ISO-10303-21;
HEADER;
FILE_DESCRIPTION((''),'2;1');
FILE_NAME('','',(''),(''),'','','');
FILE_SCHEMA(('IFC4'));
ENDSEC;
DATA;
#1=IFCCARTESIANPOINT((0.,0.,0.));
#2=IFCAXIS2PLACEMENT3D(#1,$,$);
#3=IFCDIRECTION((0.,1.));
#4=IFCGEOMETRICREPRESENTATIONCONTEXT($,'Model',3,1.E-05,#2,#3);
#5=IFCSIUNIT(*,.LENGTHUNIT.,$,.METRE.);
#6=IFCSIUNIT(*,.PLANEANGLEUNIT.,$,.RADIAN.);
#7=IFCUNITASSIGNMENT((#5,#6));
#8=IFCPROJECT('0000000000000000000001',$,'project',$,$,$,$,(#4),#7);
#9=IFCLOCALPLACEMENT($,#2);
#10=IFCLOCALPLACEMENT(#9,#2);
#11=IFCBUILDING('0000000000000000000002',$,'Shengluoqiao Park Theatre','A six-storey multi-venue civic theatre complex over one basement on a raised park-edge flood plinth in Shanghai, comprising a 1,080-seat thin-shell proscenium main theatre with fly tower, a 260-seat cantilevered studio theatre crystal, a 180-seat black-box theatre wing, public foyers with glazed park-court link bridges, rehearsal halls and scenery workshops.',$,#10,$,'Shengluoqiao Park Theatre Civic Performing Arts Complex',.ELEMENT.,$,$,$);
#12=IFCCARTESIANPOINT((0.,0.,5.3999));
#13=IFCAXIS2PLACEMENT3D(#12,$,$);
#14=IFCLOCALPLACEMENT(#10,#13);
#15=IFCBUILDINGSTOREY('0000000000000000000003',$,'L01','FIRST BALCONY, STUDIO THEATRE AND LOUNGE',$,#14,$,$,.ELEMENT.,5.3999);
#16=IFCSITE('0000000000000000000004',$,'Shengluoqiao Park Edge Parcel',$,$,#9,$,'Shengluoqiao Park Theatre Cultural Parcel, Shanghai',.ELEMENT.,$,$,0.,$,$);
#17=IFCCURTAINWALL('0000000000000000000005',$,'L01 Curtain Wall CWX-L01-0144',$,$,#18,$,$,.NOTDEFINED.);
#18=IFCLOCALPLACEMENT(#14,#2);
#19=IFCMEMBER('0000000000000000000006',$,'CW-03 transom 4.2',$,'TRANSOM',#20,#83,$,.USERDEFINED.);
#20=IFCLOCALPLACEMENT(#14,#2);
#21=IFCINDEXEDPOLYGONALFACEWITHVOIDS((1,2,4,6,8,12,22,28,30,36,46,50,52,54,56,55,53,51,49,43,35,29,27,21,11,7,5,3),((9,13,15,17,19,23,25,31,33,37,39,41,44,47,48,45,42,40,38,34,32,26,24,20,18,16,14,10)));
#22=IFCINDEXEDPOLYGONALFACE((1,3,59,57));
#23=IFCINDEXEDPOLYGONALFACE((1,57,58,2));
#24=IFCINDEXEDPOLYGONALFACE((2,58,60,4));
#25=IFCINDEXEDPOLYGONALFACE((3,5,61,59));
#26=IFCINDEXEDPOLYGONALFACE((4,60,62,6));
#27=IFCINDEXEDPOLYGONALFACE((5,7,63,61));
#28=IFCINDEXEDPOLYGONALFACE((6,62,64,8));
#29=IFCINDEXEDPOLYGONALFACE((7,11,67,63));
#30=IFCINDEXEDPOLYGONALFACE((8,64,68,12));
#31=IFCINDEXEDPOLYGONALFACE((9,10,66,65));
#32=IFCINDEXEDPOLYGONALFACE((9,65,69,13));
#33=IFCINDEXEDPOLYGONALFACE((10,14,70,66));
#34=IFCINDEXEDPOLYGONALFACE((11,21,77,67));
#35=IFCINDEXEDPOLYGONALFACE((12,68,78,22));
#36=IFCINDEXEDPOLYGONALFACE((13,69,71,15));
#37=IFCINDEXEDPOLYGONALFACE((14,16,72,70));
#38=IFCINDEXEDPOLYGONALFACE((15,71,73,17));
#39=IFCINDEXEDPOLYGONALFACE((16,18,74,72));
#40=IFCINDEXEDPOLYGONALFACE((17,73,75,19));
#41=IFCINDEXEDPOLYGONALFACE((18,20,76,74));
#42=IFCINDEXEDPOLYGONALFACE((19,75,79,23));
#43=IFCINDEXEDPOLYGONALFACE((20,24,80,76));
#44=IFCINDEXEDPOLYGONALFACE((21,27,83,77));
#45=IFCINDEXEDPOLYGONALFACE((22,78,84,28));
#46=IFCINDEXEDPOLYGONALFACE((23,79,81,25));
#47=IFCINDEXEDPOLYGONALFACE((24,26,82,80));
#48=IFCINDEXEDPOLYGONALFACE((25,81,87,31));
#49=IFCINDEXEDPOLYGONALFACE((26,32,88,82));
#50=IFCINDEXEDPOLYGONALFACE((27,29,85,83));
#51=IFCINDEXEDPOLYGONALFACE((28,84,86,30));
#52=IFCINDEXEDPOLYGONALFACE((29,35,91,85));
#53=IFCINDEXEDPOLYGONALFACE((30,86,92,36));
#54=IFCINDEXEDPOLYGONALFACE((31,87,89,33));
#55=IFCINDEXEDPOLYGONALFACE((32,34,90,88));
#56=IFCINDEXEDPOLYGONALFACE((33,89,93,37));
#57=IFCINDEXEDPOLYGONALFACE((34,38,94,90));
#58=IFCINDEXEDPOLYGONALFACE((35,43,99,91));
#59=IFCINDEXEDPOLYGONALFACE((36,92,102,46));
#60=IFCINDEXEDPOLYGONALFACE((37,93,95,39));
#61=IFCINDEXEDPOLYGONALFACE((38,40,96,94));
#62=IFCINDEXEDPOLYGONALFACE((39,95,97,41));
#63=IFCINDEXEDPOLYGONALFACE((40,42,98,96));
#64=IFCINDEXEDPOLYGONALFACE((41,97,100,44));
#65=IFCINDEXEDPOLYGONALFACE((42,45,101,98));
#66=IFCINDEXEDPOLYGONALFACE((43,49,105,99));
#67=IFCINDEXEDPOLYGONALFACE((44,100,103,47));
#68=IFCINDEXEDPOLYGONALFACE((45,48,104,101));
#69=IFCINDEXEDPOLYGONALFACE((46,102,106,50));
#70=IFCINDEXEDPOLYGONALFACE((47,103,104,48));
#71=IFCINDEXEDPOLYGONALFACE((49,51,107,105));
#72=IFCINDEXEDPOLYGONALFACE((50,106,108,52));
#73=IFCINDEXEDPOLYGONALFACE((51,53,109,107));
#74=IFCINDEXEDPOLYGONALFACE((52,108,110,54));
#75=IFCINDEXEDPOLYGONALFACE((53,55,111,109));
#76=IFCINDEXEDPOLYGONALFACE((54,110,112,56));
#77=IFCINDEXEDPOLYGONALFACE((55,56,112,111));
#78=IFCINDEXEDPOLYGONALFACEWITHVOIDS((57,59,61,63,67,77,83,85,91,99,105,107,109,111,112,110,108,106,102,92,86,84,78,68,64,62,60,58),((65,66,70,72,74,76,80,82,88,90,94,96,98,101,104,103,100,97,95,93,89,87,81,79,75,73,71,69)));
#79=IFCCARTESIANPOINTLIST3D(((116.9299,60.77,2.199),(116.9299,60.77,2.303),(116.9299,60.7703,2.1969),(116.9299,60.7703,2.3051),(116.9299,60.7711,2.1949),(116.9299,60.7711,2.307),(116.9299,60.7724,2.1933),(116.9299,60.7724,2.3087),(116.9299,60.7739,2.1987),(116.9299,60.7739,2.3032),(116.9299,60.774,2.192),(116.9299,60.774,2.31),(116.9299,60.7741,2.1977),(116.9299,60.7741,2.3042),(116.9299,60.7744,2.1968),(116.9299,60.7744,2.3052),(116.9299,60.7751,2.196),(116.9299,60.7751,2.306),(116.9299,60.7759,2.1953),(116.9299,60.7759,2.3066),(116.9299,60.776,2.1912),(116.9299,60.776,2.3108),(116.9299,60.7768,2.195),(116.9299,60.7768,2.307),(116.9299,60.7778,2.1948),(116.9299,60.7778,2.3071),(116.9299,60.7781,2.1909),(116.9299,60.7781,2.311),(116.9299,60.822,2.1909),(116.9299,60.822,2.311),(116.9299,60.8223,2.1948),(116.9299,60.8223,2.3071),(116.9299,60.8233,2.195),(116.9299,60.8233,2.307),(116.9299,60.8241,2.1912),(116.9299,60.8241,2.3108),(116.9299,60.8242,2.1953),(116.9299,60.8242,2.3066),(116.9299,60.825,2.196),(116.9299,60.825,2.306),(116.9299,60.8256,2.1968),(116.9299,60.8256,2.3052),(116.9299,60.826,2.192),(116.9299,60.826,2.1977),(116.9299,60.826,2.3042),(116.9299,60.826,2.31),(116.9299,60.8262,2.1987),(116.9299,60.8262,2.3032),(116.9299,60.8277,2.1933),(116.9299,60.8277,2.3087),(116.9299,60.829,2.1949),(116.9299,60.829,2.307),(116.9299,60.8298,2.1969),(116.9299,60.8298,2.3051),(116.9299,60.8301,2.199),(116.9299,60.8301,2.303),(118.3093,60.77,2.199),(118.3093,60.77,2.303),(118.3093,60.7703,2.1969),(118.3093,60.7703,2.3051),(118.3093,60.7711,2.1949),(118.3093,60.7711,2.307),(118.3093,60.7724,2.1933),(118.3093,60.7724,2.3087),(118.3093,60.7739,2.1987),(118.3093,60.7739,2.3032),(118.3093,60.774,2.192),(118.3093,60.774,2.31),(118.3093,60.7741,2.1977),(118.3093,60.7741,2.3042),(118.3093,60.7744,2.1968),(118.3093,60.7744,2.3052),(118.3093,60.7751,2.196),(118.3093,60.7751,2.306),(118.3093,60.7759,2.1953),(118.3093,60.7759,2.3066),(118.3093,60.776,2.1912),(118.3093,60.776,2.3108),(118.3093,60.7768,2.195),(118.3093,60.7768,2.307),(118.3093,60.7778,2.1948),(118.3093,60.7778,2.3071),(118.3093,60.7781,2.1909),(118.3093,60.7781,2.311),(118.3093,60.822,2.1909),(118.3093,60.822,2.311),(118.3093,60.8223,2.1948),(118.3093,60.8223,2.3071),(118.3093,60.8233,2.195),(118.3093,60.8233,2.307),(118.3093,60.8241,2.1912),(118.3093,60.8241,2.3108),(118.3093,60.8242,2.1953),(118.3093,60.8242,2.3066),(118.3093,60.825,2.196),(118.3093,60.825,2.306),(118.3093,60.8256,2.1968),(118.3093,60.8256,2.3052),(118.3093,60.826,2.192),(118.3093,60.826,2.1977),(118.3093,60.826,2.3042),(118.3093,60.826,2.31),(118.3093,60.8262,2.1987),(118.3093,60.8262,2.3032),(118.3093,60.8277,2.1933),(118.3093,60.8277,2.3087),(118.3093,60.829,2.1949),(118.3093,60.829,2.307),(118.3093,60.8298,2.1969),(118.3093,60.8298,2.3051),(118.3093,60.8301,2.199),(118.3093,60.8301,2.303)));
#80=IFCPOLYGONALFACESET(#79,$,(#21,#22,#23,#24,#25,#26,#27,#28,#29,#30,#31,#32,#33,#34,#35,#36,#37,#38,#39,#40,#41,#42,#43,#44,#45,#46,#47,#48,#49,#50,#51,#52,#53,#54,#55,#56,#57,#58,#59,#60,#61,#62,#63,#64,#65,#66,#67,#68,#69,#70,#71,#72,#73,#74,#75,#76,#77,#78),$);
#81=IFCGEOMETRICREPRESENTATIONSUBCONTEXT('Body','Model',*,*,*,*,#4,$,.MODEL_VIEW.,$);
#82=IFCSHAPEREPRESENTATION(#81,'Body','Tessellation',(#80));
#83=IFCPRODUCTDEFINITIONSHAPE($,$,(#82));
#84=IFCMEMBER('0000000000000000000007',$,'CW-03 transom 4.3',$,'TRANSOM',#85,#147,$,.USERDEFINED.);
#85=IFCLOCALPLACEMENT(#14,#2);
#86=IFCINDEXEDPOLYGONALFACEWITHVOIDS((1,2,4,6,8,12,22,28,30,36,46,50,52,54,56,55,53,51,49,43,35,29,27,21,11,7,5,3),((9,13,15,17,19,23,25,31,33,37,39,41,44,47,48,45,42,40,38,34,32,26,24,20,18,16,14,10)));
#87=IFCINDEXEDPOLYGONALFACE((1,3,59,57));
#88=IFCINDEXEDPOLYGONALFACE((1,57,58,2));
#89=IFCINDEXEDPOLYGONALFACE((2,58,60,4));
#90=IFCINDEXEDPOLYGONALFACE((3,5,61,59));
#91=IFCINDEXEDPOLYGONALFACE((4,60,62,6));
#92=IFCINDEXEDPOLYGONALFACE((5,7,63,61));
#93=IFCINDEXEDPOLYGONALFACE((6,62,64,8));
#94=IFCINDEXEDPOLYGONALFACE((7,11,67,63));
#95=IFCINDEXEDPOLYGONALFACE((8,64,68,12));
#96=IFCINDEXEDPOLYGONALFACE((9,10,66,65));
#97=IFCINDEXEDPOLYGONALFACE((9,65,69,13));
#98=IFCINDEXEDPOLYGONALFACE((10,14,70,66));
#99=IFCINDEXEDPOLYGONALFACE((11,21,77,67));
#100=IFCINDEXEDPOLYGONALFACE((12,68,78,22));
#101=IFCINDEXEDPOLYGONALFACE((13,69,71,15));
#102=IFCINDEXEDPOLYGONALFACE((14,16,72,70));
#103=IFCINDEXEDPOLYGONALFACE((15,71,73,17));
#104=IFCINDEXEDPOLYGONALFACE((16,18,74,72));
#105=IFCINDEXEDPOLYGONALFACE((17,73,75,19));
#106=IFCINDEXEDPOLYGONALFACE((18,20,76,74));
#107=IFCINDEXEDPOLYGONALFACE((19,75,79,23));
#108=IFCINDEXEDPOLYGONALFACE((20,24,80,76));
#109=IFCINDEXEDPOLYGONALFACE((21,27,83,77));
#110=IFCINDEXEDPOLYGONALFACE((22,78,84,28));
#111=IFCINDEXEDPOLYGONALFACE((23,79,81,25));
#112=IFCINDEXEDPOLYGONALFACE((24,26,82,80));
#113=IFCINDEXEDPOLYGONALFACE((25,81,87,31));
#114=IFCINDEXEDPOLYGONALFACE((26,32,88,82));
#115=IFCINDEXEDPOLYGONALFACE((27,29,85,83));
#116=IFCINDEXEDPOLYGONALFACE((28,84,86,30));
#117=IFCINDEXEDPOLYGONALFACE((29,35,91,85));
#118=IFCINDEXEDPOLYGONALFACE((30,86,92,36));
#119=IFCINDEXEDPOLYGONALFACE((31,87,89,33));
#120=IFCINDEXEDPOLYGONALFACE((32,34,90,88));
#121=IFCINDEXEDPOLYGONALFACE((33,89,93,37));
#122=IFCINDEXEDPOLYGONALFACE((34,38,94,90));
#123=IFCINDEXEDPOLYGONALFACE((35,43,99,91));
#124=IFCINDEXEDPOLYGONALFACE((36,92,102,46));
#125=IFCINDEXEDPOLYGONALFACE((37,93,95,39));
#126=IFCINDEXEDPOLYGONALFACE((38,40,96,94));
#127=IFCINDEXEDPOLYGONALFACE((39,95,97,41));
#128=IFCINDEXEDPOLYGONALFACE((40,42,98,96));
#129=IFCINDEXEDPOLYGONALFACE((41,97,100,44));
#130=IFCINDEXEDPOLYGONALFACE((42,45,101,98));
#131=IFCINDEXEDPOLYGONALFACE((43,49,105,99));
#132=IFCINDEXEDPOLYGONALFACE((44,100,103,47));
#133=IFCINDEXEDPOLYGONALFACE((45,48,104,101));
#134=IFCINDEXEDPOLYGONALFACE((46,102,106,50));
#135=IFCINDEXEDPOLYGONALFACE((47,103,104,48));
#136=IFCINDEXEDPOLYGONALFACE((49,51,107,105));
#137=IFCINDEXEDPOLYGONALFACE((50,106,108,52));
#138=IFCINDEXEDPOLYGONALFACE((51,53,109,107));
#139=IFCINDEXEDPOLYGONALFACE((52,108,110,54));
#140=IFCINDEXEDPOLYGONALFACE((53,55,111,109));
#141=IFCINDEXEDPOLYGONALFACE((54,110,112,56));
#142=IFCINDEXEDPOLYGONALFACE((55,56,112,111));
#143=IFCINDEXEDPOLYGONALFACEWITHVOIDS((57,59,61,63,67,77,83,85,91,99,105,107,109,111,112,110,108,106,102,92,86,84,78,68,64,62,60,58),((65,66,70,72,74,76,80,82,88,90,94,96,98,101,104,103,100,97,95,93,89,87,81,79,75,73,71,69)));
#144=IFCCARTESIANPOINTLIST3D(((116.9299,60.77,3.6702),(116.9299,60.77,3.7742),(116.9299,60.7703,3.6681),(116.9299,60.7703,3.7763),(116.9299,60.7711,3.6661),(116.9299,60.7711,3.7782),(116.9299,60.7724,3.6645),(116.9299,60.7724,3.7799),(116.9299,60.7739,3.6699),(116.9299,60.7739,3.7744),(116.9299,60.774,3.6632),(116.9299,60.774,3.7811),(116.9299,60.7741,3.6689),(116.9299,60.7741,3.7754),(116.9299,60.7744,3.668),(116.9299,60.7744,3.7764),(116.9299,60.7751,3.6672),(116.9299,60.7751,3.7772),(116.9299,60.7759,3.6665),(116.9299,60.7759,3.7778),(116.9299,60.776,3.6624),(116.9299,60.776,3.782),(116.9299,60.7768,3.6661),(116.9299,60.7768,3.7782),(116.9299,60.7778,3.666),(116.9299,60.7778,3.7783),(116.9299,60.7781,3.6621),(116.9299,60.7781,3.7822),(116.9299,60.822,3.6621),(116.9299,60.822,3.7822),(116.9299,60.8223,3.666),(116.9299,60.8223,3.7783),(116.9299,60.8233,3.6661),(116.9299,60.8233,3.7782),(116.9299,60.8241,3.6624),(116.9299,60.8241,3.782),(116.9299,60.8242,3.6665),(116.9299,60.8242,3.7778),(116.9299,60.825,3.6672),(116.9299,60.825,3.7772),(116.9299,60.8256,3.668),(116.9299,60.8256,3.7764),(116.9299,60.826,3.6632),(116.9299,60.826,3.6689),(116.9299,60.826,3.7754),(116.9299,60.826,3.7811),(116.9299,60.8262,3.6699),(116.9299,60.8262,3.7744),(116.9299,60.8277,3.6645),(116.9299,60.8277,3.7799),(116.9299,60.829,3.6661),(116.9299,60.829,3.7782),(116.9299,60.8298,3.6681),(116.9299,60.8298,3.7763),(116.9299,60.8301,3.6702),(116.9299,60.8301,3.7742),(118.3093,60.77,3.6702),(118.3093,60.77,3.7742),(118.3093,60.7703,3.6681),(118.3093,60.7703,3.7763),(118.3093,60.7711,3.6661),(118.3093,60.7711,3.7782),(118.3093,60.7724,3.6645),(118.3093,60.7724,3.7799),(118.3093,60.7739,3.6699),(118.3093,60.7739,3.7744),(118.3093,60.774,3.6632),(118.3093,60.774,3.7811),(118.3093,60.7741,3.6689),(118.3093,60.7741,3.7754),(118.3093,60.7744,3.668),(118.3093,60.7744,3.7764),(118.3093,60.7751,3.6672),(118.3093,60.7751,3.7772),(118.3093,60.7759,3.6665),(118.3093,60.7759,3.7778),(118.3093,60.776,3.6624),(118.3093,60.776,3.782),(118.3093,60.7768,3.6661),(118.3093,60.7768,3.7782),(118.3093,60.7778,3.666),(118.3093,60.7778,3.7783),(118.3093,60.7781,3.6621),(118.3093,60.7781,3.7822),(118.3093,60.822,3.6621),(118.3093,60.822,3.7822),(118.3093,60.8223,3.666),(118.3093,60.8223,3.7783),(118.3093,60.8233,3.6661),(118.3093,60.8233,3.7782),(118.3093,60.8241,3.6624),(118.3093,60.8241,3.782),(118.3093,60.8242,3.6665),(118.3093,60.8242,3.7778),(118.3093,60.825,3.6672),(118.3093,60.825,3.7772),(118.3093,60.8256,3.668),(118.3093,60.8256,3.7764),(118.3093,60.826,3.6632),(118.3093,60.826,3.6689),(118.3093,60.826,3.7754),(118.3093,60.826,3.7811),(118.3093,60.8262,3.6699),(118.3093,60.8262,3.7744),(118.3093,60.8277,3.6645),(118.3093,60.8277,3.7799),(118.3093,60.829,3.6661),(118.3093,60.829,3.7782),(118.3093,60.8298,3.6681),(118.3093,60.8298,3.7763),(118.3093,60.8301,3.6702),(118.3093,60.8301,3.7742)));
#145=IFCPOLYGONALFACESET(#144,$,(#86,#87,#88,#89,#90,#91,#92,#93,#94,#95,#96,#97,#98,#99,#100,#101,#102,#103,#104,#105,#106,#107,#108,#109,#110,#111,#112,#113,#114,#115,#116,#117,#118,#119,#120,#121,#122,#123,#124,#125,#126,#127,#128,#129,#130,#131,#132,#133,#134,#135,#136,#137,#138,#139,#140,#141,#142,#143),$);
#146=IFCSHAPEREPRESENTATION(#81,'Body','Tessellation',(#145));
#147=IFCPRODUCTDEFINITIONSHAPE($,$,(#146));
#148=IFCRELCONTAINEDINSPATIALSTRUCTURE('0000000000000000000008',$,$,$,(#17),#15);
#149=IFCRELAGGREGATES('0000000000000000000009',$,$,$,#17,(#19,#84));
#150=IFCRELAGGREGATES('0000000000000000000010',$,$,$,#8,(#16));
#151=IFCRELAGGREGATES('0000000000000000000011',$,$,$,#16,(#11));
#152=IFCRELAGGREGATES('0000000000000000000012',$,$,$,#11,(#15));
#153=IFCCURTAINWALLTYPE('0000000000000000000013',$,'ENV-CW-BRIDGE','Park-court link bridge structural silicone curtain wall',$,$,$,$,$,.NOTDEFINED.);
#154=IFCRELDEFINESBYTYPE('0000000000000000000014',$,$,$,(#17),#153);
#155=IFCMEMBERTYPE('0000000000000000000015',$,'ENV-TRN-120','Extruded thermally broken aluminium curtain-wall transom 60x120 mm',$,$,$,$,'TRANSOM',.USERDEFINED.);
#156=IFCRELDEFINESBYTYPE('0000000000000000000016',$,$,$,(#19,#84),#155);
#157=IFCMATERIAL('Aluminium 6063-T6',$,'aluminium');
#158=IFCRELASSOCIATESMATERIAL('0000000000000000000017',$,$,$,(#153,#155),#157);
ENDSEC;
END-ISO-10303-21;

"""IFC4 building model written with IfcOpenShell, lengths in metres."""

from ifc_helpers import new_model, si_unit, direction, frame, origin, origin_2d, place, context, subcontext, project, spatial, hollow_rectangle, extrude, material, material_profile, profile_set, type_object, element, aggregate, save


model = new_model("IFC4")

# Units and contexts
model_context = context("Model", 3, precision=1e-05, world=origin(), true_north=direction((0.0, 1.0)))
body_context = subcontext(model_context, "Body", "Model", "MODEL_VIEW")
ifc_project = project(units=[si_unit("LENGTHUNIT", "METRE"), si_unit("PLANEANGLEUNIT", "RADIAN")], contexts=[model_context])

# Site, building, storey
site_placement = place(None, origin())
site = spatial("IfcSite", under=ifc_project, at=site_placement, Name="Shengluoqiao Park Edge Parcel", LongName="Shengluoqiao Park Theatre Cultural Parcel, Shanghai", CompositionType="ELEMENT", RefElevation=0.0)
building_placement = place(site_placement, origin())
building = spatial("IfcBuilding", under=site, at=building_placement, Name="Shengluoqiao Park Theatre", Description="A six-storey multi-venue civic theatre complex over one basement on a raised park-edge flood plinth in Shanghai, comprising a 1,080-seat thin-shell proscenium main theatre with fly tower, a 260-seat cantilevered studio theatre crystal, a 180-seat black-box theatre wing, public foyers with glazed park-court link bridges, rehearsal halls and scenery workshops.", LongName="Shengluoqiao Park Theatre Civic Performing Arts Complex", CompositionType="ELEMENT")
storey_placement = place(building_placement, frame((0.0, 0.0, 5.3999)))
storey = spatial("IfcBuildingStorey", under=building, at=storey_placement, Name="L01", Description="FIRST BALCONY, STUDIO THEATRE AND LOUNGE", CompositionType="ELEMENT", Elevation=5.3999)

# Curtain wall
ifc_material_1 = material(Name="Aluminium 6063-T6", Category="aluminium")
curtain_wall_type = type_object("IfcCurtainWallType", Name="ENV-CW-BRIDGE", Description="Park-court link bridge structural silicone curtain wall", PredefinedType="NOTDEFINED", material=ifc_material_1)
curtain_wall_1_placement = place(storey_placement, origin())
curtain_wall_1 = element("IfcCurtainWall", 1, at=curtain_wall_1_placement, inside=storey, type_object=curtain_wall_type, Name="L01 Curtain Wall CWX-L01-0144", PredefinedType="NOTDEFINED")

# Members
ifc_material_profile_1 = material_profile(ifc_material_1, hollow_rectangle(XDim=0.0601, YDim=0.1201, WallThickness=0.0039, InnerFilletRadius=0.0039, OuterFilletRadius=0.0081, at=origin_2d()), Name="ALU TRANSOM 120x60x4")
ifc_profile_set_1 = profile_set([ifc_material_profile_1], Name="Aluminium 6063-T6")
member_type_1 = type_object("IfcMemberType", Name="ENV-TRN-120", Description="Extruded thermally broken aluminium curtain-wall transom 60x120 mm", ElementType="TRANSOM", PredefinedType="USERDEFINED", material=ifc_profile_set_1)
member_1_placement = place(storey_placement, frame((116.9299, 60.8, 2.251), z_axis=(1.0, 0.0, 0.0), x_axis=(0.0, 1.0, 0.0)))
member_1 = element("IfcMember", 2, at=member_1_placement, type_object=member_type_1, Name="CW-03 transom 4.2", ObjectType="TRANSOM", PredefinedType="USERDEFINED", context=body_context, shape_type="SweptSolid", body=[
    extrude(hollow_rectangle(XDim=0.0601, YDim=0.1201, WallThickness=0.0039, InnerFilletRadius=0.0039, OuterFilletRadius=0.0081, at=origin_2d()), origin(), (0.0, 0.0, 1.0), 1.3794),
])
member_2_placement = place(storey_placement, frame((116.9299, 60.8, 3.7222), z_axis=(1.0, 0.0, 0.0), x_axis=(0.0, 1.0, 0.0)))
member_2 = element("IfcMember", 3, at=member_2_placement, type_object=member_type_1, Name="CW-03 transom 4.3", ObjectType="TRANSOM", PredefinedType="USERDEFINED", context=body_context, shape_type="SweptSolid", body=[
    extrude(hollow_rectangle(XDim=0.0601, YDim=0.1201, WallThickness=0.0039, InnerFilletRadius=0.0039, OuterFilletRadius=0.0081, at=origin_2d()), origin(), (0.0, 0.0, 1.0), 1.3794),
])

aggregate(curtain_wall_1, [member_1, member_2])

save(model, "model.ifc")
